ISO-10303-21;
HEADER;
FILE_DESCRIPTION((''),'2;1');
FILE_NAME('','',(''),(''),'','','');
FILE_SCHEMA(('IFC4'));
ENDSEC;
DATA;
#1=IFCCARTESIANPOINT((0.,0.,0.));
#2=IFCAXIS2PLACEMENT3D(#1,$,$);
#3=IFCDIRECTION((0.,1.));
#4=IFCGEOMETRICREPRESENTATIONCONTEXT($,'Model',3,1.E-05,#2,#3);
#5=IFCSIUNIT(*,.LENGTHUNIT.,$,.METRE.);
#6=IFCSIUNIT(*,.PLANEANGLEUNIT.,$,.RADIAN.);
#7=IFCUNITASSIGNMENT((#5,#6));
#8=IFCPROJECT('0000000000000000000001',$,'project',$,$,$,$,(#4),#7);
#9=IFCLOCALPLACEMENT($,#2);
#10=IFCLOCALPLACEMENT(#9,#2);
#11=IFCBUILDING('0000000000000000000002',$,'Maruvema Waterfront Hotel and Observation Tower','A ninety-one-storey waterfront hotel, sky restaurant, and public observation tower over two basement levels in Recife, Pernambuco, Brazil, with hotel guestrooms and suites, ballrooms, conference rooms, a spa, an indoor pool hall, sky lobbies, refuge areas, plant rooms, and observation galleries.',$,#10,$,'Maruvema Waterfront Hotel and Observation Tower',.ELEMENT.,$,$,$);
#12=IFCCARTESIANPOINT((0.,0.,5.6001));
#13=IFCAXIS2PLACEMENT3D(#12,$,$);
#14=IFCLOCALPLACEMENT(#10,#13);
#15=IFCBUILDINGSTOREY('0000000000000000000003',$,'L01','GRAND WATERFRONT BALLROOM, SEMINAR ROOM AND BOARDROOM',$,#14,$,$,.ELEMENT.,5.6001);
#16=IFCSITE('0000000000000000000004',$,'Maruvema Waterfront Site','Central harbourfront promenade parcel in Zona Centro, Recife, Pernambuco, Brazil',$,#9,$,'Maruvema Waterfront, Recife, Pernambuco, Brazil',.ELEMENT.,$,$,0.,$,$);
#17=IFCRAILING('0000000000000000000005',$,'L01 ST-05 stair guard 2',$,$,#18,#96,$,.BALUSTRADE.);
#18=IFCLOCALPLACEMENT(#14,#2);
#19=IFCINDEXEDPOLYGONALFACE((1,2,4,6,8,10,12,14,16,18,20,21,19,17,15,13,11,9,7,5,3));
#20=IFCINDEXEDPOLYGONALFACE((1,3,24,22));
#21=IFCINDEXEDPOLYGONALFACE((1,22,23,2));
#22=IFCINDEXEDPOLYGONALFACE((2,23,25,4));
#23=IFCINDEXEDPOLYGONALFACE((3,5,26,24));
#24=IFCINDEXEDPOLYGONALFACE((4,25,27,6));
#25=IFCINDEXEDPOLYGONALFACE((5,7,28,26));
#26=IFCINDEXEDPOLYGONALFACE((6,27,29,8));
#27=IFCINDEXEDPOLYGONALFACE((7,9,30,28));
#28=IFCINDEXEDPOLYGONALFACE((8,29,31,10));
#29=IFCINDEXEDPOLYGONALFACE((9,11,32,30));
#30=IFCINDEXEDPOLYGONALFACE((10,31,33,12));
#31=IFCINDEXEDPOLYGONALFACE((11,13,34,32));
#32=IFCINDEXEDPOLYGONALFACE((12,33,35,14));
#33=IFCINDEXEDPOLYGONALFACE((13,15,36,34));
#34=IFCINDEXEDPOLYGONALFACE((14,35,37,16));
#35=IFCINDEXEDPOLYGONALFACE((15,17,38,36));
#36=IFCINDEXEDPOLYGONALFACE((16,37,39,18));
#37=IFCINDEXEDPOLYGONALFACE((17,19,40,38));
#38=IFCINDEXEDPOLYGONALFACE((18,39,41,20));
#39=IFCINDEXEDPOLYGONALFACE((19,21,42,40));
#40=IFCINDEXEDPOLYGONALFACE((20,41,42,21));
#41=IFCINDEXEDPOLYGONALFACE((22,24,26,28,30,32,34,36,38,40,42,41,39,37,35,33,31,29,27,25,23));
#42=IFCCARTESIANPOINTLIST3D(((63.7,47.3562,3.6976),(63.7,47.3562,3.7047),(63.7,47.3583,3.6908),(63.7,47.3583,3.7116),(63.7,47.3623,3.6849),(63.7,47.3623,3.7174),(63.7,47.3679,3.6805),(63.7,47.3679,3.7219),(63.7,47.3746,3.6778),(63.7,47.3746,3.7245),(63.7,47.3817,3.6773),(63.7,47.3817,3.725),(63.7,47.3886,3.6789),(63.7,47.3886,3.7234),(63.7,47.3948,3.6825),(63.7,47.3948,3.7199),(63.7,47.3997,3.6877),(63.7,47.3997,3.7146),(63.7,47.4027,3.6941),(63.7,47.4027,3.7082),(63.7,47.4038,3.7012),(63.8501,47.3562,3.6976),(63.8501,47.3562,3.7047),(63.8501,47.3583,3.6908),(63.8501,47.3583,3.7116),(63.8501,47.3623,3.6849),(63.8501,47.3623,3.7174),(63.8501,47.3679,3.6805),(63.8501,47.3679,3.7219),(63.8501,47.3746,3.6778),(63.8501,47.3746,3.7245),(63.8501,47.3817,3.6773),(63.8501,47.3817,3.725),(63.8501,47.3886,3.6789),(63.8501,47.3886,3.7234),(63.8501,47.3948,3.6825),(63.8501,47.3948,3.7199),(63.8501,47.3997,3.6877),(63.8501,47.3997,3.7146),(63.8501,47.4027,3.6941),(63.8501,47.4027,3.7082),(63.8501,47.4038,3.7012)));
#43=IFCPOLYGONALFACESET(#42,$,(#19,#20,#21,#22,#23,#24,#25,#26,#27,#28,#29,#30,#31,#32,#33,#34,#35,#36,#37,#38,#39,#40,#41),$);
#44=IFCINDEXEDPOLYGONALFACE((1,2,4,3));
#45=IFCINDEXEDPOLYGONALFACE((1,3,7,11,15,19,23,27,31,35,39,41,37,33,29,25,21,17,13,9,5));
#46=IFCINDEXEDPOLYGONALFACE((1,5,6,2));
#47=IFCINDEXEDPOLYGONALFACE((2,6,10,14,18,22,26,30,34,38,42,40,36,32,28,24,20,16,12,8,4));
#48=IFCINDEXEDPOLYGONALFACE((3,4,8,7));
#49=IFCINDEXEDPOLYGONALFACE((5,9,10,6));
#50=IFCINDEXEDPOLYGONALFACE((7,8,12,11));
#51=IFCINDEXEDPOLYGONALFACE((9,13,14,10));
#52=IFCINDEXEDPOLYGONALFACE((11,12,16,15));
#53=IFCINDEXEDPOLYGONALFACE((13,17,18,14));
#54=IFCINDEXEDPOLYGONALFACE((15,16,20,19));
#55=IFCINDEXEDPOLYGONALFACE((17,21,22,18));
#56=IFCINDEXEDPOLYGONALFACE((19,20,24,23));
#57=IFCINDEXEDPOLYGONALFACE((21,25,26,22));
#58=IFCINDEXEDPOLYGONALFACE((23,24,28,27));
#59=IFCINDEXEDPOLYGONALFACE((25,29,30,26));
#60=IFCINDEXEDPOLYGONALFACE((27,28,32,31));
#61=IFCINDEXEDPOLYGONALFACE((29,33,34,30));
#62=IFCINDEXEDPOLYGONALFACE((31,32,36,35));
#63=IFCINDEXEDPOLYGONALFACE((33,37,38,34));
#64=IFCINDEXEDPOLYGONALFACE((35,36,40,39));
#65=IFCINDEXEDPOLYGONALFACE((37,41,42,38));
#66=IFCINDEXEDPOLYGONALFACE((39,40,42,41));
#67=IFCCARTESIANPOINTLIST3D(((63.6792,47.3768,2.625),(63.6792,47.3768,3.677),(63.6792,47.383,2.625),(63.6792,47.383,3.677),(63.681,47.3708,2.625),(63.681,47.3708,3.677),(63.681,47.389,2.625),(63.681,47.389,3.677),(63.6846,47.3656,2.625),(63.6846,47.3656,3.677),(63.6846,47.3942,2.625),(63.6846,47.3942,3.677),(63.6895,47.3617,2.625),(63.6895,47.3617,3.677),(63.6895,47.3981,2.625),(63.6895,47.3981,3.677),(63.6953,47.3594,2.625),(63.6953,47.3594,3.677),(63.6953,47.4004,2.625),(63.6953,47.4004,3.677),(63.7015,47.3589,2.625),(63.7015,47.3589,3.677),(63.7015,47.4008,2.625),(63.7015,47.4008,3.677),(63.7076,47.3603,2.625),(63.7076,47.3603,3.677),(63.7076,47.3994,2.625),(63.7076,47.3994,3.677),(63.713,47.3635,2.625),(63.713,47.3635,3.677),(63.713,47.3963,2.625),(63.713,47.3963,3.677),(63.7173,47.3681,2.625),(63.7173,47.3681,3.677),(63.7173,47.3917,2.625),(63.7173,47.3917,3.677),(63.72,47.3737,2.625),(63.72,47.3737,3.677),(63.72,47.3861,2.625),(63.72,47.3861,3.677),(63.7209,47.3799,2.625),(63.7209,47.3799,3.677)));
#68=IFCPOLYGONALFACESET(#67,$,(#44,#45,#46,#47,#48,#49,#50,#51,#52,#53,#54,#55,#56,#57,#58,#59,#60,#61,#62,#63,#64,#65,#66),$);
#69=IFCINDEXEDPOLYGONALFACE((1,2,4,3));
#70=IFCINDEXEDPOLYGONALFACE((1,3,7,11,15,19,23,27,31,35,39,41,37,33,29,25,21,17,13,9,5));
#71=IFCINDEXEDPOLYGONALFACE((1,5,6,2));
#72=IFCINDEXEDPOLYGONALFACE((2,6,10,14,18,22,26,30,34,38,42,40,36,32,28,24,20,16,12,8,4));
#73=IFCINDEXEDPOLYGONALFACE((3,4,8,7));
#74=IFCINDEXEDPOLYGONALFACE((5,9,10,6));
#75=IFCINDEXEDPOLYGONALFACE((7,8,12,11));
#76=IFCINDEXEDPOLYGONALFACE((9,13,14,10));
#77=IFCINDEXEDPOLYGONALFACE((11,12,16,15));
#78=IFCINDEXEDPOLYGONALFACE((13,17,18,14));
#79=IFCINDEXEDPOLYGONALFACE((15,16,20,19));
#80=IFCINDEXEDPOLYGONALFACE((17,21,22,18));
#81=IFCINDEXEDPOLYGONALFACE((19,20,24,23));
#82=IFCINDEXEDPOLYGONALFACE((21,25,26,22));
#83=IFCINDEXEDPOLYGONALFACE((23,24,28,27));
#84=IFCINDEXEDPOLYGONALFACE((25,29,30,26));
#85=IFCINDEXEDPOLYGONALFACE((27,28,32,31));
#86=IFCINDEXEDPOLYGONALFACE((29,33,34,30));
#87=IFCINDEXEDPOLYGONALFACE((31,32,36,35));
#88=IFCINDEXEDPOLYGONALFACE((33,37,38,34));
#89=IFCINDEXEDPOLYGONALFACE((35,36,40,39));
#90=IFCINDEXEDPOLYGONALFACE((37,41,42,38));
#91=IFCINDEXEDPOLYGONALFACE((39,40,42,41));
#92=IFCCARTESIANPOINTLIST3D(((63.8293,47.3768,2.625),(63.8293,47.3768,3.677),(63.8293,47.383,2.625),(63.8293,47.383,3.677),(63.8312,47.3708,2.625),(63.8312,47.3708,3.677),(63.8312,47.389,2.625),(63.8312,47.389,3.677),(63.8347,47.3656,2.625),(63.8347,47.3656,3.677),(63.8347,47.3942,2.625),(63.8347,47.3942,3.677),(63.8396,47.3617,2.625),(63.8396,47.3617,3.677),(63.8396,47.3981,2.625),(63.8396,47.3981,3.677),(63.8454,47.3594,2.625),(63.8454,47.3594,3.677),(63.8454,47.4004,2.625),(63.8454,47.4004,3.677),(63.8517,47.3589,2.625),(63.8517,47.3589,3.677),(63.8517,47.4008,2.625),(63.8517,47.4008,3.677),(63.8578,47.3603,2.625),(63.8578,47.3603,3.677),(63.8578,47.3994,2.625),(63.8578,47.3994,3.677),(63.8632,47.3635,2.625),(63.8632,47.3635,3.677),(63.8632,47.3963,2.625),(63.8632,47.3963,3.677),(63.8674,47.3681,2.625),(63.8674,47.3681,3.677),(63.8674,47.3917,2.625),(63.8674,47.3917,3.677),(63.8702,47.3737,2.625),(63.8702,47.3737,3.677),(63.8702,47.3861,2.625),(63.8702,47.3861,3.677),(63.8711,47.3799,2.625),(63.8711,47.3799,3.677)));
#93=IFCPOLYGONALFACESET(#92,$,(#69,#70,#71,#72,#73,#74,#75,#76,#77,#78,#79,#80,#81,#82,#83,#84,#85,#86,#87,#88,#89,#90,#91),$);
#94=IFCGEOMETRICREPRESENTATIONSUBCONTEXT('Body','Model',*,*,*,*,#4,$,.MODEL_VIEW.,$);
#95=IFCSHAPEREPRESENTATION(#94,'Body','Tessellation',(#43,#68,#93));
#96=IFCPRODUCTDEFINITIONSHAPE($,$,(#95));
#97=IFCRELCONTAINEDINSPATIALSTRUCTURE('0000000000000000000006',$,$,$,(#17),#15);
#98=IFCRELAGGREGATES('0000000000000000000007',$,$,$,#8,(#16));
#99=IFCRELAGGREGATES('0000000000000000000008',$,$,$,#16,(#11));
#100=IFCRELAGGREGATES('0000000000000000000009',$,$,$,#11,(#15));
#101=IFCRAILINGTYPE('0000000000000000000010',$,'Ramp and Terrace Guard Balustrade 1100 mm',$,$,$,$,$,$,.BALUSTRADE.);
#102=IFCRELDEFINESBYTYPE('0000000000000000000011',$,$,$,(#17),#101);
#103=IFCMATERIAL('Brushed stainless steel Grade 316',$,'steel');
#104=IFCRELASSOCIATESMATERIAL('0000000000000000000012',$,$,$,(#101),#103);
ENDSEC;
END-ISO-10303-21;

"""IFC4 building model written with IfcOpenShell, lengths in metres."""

from ifc_helpers import new_model, si_unit, direction, frame, origin, origin_2d, place, context, subcontext, project, spatial, circle, extrude, material, type_object, element, save


model = new_model("IFC4")

# Units and contexts
model_context = context("Model", 3, precision=1e-05, world=origin(), true_north=direction((0.0, 1.0)))
body_context = subcontext(model_context, "Body", "Model", "MODEL_VIEW")
ifc_project = project(units=[si_unit("LENGTHUNIT", "METRE"), si_unit("PLANEANGLEUNIT", "RADIAN")], contexts=[model_context])

# Site, building, storey
site_placement = place(None, origin())
site = spatial("IfcSite", under=ifc_project, at=site_placement, Name="Maruvema Waterfront Site", Description="Central harbourfront promenade parcel in Zona Centro, Recife, Pernambuco, Brazil", LongName="Maruvema Waterfront, Recife, Pernambuco, Brazil", CompositionType="ELEMENT", RefElevation=0.0)
building_placement = place(site_placement, origin())
building = spatial("IfcBuilding", under=site, at=building_placement, Name="Maruvema Waterfront Hotel and Observation Tower", Description="A ninety-one-storey waterfront hotel, sky restaurant, and public observation tower over two basement levels in Recife, Pernambuco, Brazil, with hotel guestrooms and suites, ballrooms, conference rooms, a spa, an indoor pool hall, sky lobbies, refuge areas, plant rooms, and observation galleries.", LongName="Maruvema Waterfront Hotel and Observation Tower", CompositionType="ELEMENT")
storey_placement = place(building_placement, frame((0.0, 0.0, 5.6001)))
storey = spatial("IfcBuildingStorey", under=building, at=storey_placement, Name="L01", Description="GRAND WATERFRONT BALLROOM, SEMINAR ROOM AND BOARDROOM", CompositionType="ELEMENT", Elevation=5.6001)

# Railing
ifc_material_1 = material(Name="Brushed stainless steel Grade 316", Category="steel")
railing_type_1 = type_object("IfcRailingType", Name="Ramp and Terrace Guard Balustrade 1100 mm", PredefinedType="BALUSTRADE", material=ifc_material_1)
railing_1_placement = place(storey_placement, frame((63.7, 47.3799, 2.625)))
element("IfcRailing", 1, at=railing_1_placement, inside=storey, type_object=railing_type_1, Name="L01 ST-05 stair guard 2", PredefinedType="BALUSTRADE", context=body_context, shape_type="SweptSolid", body=[
    extrude(circle(Radius=0.0239, at=origin_2d()), frame((0.0, 0.0, 1.0762), z_axis=(1.0, 0.0, 0.0), x_axis=(0.0, 1.0, 0.0)), (0.0, 0.0, 1.0), 0.1501),
    extrude(circle(Radius=0.021, at=origin_2d()), origin(), (0.0, 0.0, 1.0), 1.052),
    extrude(circle(Radius=0.021, at=origin_2d()), frame((0.1501, 0.0, 0.0)), (0.0, 0.0, 1.0), 1.052),
])

save(model, "model.ifc")
